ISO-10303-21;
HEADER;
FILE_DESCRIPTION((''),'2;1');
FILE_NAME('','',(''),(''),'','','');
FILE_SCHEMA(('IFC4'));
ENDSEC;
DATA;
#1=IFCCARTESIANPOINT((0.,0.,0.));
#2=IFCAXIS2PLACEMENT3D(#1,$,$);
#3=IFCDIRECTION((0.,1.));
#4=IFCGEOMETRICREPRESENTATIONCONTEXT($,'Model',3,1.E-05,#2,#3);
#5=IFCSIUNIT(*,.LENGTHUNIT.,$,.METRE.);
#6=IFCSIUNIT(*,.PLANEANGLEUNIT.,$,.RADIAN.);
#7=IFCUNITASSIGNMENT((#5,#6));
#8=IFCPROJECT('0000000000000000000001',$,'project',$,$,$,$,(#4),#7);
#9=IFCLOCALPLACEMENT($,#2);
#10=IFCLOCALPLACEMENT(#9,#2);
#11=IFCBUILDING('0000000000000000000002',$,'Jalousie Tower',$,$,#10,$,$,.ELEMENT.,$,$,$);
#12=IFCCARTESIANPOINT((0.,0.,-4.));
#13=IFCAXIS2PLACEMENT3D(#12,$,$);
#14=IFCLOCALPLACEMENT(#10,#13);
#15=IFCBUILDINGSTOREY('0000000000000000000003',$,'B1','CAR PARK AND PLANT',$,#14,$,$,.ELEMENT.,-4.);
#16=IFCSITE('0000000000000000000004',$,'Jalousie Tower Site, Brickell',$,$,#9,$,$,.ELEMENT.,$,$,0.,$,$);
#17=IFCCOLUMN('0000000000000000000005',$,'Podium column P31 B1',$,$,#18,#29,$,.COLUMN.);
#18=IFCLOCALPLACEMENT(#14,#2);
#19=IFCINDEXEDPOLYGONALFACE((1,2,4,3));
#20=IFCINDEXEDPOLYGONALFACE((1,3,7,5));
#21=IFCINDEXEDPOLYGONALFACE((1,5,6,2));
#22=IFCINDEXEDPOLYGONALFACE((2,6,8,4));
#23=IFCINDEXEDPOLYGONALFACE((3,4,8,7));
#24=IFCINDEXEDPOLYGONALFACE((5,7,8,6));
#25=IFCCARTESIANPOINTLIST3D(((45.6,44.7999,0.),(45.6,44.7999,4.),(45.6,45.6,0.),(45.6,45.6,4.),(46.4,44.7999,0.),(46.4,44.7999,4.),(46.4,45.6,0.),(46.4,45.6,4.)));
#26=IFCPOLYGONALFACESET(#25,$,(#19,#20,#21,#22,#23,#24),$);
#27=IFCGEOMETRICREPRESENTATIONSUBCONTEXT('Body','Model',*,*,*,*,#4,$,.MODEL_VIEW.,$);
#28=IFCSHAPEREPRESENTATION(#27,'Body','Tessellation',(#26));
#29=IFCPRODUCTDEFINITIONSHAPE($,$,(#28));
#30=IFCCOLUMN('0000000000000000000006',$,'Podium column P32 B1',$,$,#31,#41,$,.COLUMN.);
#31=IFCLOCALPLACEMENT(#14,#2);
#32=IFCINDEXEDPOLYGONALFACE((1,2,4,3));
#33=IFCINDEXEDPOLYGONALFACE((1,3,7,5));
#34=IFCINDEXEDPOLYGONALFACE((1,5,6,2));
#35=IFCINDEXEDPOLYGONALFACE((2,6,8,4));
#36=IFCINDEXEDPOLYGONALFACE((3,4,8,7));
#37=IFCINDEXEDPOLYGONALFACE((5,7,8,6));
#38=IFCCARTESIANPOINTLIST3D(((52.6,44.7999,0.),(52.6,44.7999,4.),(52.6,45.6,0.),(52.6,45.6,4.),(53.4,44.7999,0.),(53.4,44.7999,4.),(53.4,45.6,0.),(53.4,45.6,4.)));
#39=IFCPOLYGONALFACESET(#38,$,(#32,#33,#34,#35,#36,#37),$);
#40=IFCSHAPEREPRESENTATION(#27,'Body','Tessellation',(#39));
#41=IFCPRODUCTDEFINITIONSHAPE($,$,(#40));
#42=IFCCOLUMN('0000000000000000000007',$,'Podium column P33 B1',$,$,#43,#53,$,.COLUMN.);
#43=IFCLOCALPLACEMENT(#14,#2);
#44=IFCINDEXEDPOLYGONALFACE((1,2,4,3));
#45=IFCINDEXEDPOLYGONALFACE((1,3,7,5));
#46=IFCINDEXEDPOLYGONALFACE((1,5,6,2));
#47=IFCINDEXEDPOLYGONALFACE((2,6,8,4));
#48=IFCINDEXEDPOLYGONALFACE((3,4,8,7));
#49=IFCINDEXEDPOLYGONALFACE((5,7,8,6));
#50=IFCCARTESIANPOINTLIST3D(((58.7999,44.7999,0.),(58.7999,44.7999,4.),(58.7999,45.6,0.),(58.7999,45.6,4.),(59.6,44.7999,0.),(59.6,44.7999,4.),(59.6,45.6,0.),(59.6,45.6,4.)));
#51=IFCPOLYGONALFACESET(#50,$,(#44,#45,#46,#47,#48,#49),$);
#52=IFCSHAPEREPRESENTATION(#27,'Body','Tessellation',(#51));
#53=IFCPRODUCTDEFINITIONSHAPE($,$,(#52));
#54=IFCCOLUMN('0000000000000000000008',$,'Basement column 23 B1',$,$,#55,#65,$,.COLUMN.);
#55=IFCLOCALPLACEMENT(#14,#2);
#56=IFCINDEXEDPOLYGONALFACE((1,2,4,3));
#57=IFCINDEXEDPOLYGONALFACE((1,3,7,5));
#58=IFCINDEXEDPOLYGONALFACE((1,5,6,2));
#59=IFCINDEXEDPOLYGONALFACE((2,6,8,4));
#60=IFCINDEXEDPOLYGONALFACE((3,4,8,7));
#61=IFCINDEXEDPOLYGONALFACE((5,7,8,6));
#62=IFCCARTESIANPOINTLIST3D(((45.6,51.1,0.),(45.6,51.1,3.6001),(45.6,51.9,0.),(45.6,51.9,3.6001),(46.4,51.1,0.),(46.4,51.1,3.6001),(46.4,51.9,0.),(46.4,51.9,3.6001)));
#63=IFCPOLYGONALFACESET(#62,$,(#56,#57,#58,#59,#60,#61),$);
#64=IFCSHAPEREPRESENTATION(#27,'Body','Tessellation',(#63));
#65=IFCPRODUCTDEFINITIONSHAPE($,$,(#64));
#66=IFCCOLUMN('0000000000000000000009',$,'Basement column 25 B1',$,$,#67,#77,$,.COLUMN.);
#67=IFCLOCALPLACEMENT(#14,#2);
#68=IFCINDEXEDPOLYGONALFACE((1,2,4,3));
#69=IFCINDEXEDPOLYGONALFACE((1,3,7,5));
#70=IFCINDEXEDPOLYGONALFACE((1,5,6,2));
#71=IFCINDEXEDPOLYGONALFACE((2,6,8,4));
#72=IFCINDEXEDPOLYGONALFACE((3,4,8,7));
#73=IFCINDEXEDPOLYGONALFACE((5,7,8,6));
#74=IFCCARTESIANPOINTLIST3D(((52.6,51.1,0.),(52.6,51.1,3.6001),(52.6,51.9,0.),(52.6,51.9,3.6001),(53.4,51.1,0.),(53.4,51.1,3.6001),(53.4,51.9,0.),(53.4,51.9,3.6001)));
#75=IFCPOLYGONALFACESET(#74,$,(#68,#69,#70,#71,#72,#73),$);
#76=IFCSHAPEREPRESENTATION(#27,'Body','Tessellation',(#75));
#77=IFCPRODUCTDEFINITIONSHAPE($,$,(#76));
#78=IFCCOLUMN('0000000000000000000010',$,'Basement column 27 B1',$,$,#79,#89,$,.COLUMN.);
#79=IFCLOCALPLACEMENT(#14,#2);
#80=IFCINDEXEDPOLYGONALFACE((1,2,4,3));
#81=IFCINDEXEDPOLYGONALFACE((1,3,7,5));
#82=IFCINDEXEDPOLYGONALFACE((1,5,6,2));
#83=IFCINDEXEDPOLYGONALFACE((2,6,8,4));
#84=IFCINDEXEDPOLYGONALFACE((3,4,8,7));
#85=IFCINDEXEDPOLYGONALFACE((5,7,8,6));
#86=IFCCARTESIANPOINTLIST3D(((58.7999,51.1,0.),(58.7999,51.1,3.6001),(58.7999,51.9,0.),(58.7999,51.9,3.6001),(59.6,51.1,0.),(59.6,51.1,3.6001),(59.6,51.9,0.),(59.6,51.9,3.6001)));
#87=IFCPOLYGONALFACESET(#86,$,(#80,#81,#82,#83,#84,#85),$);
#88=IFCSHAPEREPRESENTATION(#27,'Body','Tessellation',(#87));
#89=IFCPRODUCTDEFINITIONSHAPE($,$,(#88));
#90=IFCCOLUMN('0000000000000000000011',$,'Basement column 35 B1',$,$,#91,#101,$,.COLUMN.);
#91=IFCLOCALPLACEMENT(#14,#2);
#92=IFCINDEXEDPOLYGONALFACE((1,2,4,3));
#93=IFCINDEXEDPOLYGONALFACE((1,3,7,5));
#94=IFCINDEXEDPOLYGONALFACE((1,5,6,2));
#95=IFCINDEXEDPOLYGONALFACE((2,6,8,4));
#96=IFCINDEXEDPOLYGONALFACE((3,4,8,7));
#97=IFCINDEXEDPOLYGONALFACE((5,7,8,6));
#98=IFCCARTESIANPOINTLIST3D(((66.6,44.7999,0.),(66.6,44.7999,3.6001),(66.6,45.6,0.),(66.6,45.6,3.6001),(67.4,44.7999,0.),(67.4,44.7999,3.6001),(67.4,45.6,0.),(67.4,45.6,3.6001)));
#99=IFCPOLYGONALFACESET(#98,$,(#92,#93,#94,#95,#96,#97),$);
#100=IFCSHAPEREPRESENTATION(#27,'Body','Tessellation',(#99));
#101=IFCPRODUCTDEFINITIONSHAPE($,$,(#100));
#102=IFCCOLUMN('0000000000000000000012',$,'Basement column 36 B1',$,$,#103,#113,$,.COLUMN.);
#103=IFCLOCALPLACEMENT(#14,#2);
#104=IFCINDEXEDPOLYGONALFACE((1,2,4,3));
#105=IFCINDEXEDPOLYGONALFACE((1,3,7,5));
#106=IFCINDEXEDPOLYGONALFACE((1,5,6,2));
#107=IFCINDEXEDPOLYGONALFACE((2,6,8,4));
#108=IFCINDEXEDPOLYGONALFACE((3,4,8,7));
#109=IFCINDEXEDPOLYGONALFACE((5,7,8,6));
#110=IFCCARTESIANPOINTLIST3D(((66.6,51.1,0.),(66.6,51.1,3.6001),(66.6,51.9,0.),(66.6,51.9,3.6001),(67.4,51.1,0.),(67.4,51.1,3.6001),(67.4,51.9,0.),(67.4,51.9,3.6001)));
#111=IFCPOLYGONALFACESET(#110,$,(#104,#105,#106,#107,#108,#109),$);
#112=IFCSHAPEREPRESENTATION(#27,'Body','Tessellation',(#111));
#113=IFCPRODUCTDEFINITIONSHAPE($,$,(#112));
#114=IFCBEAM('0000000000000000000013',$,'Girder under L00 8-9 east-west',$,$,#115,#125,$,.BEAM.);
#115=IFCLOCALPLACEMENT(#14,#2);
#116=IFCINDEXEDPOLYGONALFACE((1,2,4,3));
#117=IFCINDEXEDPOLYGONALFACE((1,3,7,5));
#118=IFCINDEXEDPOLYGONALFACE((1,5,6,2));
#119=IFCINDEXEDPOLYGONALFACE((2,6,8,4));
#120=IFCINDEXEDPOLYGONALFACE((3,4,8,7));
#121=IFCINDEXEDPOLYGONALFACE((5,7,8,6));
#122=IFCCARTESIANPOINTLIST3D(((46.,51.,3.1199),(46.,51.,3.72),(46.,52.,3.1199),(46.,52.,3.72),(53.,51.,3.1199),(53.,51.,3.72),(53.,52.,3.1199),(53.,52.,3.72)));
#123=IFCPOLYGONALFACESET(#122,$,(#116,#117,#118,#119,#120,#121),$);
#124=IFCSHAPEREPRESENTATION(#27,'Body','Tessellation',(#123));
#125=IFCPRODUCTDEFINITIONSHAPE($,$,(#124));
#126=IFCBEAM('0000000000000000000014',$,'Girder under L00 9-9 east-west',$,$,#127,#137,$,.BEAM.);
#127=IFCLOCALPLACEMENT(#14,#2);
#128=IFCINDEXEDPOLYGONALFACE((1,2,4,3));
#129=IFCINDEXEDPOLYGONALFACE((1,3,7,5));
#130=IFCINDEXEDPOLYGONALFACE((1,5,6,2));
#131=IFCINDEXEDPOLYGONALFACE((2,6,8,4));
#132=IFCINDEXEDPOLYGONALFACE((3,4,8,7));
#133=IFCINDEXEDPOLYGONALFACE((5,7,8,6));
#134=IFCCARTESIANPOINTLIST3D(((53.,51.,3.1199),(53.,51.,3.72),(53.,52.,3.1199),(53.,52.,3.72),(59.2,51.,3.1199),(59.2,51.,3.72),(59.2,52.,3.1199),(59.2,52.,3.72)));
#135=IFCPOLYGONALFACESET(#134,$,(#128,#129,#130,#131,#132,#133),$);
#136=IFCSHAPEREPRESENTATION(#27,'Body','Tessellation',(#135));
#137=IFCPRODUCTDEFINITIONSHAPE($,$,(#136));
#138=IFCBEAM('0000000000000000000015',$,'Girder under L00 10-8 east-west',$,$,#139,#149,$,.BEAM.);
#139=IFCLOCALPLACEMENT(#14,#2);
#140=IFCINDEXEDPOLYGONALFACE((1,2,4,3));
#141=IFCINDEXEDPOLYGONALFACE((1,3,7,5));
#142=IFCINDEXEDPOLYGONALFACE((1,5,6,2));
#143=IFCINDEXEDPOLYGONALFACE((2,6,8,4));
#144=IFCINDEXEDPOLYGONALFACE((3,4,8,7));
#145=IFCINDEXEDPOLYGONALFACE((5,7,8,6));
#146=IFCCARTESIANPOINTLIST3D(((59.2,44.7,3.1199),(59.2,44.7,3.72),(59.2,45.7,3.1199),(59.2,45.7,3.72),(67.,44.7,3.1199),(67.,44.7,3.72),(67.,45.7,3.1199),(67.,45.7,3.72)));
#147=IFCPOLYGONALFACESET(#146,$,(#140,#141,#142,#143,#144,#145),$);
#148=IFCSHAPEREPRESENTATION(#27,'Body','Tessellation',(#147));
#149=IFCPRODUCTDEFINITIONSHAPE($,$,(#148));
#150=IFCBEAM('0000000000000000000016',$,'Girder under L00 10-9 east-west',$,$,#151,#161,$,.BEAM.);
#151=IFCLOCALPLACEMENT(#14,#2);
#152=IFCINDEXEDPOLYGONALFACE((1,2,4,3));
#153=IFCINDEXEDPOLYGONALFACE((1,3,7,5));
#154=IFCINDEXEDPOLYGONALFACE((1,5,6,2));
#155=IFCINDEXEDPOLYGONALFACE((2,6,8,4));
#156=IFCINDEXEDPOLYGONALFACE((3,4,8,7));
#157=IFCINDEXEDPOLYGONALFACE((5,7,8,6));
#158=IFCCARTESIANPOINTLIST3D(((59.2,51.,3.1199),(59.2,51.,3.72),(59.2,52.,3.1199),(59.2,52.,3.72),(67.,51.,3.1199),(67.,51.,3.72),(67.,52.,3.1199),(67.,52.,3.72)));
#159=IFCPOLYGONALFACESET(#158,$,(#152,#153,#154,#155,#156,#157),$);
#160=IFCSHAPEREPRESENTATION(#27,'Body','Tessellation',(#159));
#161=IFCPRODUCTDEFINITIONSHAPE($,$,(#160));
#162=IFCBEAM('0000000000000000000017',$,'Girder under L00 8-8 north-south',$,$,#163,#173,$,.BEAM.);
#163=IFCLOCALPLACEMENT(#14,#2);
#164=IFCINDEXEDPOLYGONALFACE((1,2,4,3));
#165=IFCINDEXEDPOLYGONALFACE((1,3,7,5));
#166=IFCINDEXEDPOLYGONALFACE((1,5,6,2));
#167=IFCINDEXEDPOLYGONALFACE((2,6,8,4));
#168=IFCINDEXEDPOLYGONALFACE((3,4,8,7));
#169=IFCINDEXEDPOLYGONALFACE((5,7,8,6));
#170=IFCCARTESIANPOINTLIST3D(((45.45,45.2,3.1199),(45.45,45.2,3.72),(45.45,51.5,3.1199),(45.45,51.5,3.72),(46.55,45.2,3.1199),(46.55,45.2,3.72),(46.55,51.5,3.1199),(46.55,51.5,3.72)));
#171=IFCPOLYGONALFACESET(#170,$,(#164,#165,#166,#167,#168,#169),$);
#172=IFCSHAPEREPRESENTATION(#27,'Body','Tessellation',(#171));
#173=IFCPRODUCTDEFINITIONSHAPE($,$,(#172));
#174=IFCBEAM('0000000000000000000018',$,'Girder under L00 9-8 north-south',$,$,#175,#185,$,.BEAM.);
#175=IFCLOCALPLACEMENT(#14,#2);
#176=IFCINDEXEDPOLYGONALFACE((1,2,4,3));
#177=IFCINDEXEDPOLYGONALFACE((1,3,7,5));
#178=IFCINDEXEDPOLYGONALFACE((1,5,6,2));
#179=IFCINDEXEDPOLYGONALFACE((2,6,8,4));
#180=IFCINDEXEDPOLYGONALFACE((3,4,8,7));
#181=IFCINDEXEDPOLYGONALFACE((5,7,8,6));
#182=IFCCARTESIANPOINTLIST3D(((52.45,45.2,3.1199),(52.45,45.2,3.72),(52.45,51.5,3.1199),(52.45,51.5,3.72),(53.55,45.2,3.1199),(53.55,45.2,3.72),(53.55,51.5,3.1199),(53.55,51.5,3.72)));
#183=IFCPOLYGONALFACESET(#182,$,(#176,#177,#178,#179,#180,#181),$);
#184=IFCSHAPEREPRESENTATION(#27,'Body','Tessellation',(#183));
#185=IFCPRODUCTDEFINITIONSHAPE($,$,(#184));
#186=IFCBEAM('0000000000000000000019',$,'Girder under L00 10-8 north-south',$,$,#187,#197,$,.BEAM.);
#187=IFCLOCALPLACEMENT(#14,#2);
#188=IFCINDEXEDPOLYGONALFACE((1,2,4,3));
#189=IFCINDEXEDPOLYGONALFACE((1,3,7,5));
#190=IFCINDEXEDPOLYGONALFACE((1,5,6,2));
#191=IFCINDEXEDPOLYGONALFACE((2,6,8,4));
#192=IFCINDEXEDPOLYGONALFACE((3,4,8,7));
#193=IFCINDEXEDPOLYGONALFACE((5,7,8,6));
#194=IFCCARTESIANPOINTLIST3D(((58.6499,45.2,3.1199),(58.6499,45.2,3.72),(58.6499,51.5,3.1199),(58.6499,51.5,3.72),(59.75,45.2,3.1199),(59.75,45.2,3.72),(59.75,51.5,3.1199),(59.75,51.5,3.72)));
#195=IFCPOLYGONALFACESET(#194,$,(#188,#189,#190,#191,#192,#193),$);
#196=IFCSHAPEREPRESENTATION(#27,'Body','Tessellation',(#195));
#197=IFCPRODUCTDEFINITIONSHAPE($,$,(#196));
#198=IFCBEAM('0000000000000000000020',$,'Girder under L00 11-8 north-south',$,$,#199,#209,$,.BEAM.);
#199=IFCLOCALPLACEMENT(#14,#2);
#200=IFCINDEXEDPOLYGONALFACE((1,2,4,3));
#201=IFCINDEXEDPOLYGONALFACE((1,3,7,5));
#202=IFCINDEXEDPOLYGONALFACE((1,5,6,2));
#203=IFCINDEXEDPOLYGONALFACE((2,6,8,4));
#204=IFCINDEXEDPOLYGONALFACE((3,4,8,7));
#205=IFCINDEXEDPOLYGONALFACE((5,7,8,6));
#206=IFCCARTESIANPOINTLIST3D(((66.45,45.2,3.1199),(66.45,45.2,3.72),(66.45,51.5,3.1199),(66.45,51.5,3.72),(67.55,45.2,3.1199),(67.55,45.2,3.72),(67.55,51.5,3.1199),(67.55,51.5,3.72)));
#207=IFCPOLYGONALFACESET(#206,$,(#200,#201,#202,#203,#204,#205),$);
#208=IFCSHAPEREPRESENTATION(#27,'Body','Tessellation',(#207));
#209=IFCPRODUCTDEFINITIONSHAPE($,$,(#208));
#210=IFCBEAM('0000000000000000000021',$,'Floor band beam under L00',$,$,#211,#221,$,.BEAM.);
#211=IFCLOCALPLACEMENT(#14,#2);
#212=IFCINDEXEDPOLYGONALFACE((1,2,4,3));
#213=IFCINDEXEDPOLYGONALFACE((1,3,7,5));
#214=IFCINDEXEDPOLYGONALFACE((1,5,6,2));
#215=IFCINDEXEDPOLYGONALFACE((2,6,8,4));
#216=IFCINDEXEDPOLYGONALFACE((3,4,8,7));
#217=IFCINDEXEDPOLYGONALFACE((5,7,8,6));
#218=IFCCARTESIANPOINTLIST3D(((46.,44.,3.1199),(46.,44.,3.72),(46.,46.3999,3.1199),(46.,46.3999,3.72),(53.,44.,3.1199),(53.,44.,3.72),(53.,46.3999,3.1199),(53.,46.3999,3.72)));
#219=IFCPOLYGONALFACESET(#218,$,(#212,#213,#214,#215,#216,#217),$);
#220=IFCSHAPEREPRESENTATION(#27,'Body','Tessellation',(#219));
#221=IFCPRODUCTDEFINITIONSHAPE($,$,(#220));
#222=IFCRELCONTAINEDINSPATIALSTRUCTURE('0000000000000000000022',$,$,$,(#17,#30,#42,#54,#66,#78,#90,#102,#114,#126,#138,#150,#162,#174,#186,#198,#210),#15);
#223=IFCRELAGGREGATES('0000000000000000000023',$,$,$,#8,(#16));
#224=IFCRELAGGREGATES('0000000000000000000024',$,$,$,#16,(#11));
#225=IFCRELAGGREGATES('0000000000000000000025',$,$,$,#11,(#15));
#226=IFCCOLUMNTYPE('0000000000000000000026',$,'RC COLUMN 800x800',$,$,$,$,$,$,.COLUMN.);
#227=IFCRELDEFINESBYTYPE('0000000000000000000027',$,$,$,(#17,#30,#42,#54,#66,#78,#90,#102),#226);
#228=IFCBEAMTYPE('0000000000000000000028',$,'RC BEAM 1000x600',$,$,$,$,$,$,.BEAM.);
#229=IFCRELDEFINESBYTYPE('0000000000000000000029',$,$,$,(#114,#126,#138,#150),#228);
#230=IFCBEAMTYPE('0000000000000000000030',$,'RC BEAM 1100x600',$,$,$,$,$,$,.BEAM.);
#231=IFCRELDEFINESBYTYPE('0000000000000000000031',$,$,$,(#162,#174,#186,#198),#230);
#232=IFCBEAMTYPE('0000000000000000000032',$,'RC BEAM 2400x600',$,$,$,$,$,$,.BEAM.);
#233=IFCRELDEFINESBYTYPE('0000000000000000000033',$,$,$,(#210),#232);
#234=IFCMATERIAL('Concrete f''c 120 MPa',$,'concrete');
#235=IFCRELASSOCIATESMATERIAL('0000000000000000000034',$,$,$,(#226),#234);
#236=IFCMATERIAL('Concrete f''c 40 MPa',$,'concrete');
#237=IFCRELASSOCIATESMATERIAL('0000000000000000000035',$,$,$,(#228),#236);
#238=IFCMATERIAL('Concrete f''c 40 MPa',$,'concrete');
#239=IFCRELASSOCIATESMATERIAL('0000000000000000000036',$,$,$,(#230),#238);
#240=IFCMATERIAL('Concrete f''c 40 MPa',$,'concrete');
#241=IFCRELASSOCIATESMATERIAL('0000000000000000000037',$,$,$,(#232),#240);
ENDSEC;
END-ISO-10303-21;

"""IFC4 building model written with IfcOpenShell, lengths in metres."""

from ifc_helpers import new_model, si_unit, direction, frame, origin, origin_2d, place, context, subcontext, project, spatial, rectangle, extrude, material, material_profile, profile_set, type_object, element, save


model = new_model("IFC4")

# Units and contexts
model_context = context("Model", 3, precision=1e-05, world=origin(), true_north=direction((0.0, 1.0)))
body_context = subcontext(model_context, "Body", "Model", "MODEL_VIEW")
ifc_project = project(units=[si_unit("LENGTHUNIT", "METRE"), si_unit("PLANEANGLEUNIT", "RADIAN")], contexts=[model_context])

# Site, building, storey
site_placement = place(None, origin())
site = spatial("IfcSite", under=ifc_project, at=site_placement, Name="Jalousie Tower Site, Brickell", CompositionType="ELEMENT", RefElevation=0.0)
building_placement = place(site_placement, origin())
building = spatial("IfcBuilding", under=site, at=building_placement, Name="Jalousie Tower", CompositionType="ELEMENT")
storey_placement = place(building_placement, frame((0.0, 0.0, -4.0)))
storey = spatial("IfcBuildingStorey", under=building, at=storey_placement, Name="B1", Description="CAR PARK AND PLANT", CompositionType="ELEMENT", Elevation=-4.0)

# Columns
ifc_material_1 = material(Name="Concrete f'c 120 MPa", Category="concrete")
ifc_material_profile_1 = material_profile(ifc_material_1, rectangle(XDim=0.8, YDim=0.8, at=origin_2d()), Name="RC 800x800")
ifc_profile_set_1 = profile_set([ifc_material_profile_1], Name="Concrete f'c 120 MPa")
column_type = type_object("IfcColumnType", Name="RC COLUMN 800x800", PredefinedType="COLUMN", material=ifc_profile_set_1)
for number, where, z_axis, x_axis, name in (
    (1, (46.0, 45.2, 0.0), (0.0, 0.0, 1.0), (1.0, 0.0, 0.0), "Podium column P31 B1"),
    (2, (53.0, 45.2, 0.0), (0.0, 0.0, 1.0), (1.0, 0.0, 0.0), "Podium column P32 B1"),
    (3, (59.2, 45.2, 0.0), (0.0, 0.0, 1.0), (1.0, 0.0, 0.0), "Podium column P33 B1"),
):
    element("IfcColumn", number, at=place(storey_placement, frame(where, z_axis=z_axis, x_axis=x_axis)), inside=storey, type_object=column_type, Name=name, PredefinedType="COLUMN", context=body_context, shape_type="SweptSolid", body=[
        extrude(rectangle(XDim=0.8, YDim=0.8, at=origin_2d()), origin(), (0.0, 0.0, 1.0), 4.0),
    ])
for number, where, z_axis, x_axis, name in (
    (4, (46.0, 51.5, 0.0), (0.0, 0.0, 1.0), (1.0, 0.0, 0.0), "Basement column 23 B1"),
    (5, (53.0, 51.5, 0.0), (0.0, 0.0, 1.0), (1.0, 0.0, 0.0), "Basement column 25 B1"),
    (6, (59.2, 51.5, 0.0), (0.0, 0.0, 1.0), (1.0, 0.0, 0.0), "Basement column 27 B1"),
    (7, (67.0, 45.2, 0.0), (0.0, 0.0, 1.0), (1.0, 0.0, 0.0), "Basement column 35 B1"),
    (8, (67.0, 51.5, 0.0), (0.0, 0.0, 1.0), (1.0, 0.0, 0.0), "Basement column 36 B1"),
):
    element("IfcColumn", number, at=place(storey_placement, frame(where, z_axis=z_axis, x_axis=x_axis)), inside=storey, type_object=column_type, Name=name, PredefinedType="COLUMN", context=body_context, shape_type="SweptSolid", body=[
        extrude(rectangle(XDim=0.8, YDim=0.8, at=origin_2d()), origin(), (0.0, 0.0, 1.0), 3.6001),
    ])

# Beams
ifc_material_2 = material(Name="Concrete f'c 40 MPa", Category="concrete")
ifc_material_profile_2 = material_profile(ifc_material_2, rectangle(XDim=1.0, YDim=0.6001, at=origin_2d()), Name="RC 1000x600")
ifc_profile_set_2 = profile_set([ifc_material_profile_2], Name="Concrete f'c 40 MPa")
beam_type_1 = type_object("IfcBeamType", Name="RC BEAM 1000x600", PredefinedType="BEAM", material=ifc_profile_set_2)
beam_1_placement = place(storey_placement, frame((46.0, 51.5, 3.4199), z_axis=(1.0, 0.0, 0.0), x_axis=(0.0, 1.0, 0.0)))
element("IfcBeam", 9, at=beam_1_placement, inside=storey, type_object=beam_type_1, Name="Girder under L00 8-9 east-west", PredefinedType="BEAM", context=body_context, shape_type="SweptSolid", body=[
    extrude(rectangle(XDim=1.0, YDim=0.6001, at=origin_2d()), origin(), (0.0, 0.0, 1.0), 7.0),
])
beam_2_placement = place(storey_placement, frame((53.0, 51.5, 3.4199), z_axis=(1.0, 0.0, 0.0), x_axis=(0.0, 1.0, 0.0)))
element("IfcBeam", 10, at=beam_2_placement, inside=storey, type_object=beam_type_1, Name="Girder under L00 9-9 east-west", PredefinedType="BEAM", context=body_context, shape_type="SweptSolid", body=[
    extrude(rectangle(XDim=1.0, YDim=0.6001, at=origin_2d()), origin(), (0.0, 0.0, 1.0), 6.2),
])
for number, where, z_axis, x_axis, name in (
    (11, (59.2, 45.2, 3.4199), (1.0, 0.0, 0.0), (0.0, 1.0, 0.0), "Girder under L00 10-8 east-west"),
    (12, (59.2, 51.5, 3.4199), (1.0, 0.0, 0.0), (0.0, 1.0, 0.0), "Girder under L00 10-9 east-west"),
):
    element("IfcBeam", number, at=place(storey_placement, frame(where, z_axis=z_axis, x_axis=x_axis)), inside=storey, type_object=beam_type_1, Name=name, PredefinedType="BEAM", context=body_context, shape_type="SweptSolid", body=[
        extrude(rectangle(XDim=1.0, YDim=0.6001, at=origin_2d()), origin(), (0.0, 0.0, 1.0), 7.8),
    ])
ifc_material_3 = material(Name="Concrete f'c 40 MPa", Category="concrete")
ifc_material_profile_3 = material_profile(ifc_material_3, rectangle(XDim=1.1001, YDim=0.6001, at=origin_2d()), Name="RC 1100x600")
ifc_profile_set_3 = profile_set([ifc_material_profile_3], Name="Concrete f'c 40 MPa")
beam_type_2 = type_object("IfcBeamType", Name="RC BEAM 1100x600", PredefinedType="BEAM", material=ifc_profile_set_3)
for number, where, z_axis, x_axis, name in (
    (13, (46.0, 45.2, 3.4199), (0.0, 1.0, 0.0), (-1.0, 0.0, 0.0), "Girder under L00 8-8 north-south"),
    (14, (53.0, 45.2, 3.4199), (0.0, 1.0, 0.0), (-1.0, 0.0, 0.0), "Girder under L00 9-8 north-south"),
    (15, (59.2, 45.2, 3.4199), (0.0, 1.0, 0.0), (-1.0, 0.0, 0.0), "Girder under L00 10-8 north-south"),
    (16, (67.0, 45.2, 3.4199), (0.0, 1.0, 0.0), (-1.0, 0.0, 0.0), "Girder under L00 11-8 north-south"),
):
    element("IfcBeam", number, at=place(storey_placement, frame(where, z_axis=z_axis, x_axis=x_axis)), inside=storey, type_object=beam_type_2, Name=name, PredefinedType="BEAM", context=body_context, shape_type="SweptSolid", body=[
        extrude(rectangle(XDim=1.1001, YDim=0.6001, at=origin_2d()), origin(), (0.0, 0.0, 1.0), 6.3),
    ])
ifc_material_4 = material(Name="Concrete f'c 40 MPa", Category="concrete")
ifc_material_profile_4 = material_profile(ifc_material_4, rectangle(XDim=2.3999, YDim=0.6001, at=origin_2d()), Name="RC 2400x600")
ifc_profile_set_4 = profile_set([ifc_material_profile_4], Name="Concrete f'c 40 MPa")
beam_type_3 = type_object("IfcBeamType", Name="RC BEAM 2400x600", PredefinedType="BEAM", material=ifc_profile_set_4)
beam_3_placement = place(storey_placement, frame((46.0, 45.2, 3.4199), z_axis=(1.0, 0.0, 0.0), x_axis=(0.0, 1.0, 0.0)))
element("IfcBeam", 17, at=beam_3_placement, inside=storey, type_object=beam_type_3, Name="Floor band beam under L00", PredefinedType="BEAM", context=body_context, shape_type="SweptSolid", body=[
    extrude(rectangle(XDim=2.3999, YDim=0.6001, at=origin_2d()), origin(), (0.0, 0.0, 1.0), 7.0),
])

save(model, "model.ifc")
